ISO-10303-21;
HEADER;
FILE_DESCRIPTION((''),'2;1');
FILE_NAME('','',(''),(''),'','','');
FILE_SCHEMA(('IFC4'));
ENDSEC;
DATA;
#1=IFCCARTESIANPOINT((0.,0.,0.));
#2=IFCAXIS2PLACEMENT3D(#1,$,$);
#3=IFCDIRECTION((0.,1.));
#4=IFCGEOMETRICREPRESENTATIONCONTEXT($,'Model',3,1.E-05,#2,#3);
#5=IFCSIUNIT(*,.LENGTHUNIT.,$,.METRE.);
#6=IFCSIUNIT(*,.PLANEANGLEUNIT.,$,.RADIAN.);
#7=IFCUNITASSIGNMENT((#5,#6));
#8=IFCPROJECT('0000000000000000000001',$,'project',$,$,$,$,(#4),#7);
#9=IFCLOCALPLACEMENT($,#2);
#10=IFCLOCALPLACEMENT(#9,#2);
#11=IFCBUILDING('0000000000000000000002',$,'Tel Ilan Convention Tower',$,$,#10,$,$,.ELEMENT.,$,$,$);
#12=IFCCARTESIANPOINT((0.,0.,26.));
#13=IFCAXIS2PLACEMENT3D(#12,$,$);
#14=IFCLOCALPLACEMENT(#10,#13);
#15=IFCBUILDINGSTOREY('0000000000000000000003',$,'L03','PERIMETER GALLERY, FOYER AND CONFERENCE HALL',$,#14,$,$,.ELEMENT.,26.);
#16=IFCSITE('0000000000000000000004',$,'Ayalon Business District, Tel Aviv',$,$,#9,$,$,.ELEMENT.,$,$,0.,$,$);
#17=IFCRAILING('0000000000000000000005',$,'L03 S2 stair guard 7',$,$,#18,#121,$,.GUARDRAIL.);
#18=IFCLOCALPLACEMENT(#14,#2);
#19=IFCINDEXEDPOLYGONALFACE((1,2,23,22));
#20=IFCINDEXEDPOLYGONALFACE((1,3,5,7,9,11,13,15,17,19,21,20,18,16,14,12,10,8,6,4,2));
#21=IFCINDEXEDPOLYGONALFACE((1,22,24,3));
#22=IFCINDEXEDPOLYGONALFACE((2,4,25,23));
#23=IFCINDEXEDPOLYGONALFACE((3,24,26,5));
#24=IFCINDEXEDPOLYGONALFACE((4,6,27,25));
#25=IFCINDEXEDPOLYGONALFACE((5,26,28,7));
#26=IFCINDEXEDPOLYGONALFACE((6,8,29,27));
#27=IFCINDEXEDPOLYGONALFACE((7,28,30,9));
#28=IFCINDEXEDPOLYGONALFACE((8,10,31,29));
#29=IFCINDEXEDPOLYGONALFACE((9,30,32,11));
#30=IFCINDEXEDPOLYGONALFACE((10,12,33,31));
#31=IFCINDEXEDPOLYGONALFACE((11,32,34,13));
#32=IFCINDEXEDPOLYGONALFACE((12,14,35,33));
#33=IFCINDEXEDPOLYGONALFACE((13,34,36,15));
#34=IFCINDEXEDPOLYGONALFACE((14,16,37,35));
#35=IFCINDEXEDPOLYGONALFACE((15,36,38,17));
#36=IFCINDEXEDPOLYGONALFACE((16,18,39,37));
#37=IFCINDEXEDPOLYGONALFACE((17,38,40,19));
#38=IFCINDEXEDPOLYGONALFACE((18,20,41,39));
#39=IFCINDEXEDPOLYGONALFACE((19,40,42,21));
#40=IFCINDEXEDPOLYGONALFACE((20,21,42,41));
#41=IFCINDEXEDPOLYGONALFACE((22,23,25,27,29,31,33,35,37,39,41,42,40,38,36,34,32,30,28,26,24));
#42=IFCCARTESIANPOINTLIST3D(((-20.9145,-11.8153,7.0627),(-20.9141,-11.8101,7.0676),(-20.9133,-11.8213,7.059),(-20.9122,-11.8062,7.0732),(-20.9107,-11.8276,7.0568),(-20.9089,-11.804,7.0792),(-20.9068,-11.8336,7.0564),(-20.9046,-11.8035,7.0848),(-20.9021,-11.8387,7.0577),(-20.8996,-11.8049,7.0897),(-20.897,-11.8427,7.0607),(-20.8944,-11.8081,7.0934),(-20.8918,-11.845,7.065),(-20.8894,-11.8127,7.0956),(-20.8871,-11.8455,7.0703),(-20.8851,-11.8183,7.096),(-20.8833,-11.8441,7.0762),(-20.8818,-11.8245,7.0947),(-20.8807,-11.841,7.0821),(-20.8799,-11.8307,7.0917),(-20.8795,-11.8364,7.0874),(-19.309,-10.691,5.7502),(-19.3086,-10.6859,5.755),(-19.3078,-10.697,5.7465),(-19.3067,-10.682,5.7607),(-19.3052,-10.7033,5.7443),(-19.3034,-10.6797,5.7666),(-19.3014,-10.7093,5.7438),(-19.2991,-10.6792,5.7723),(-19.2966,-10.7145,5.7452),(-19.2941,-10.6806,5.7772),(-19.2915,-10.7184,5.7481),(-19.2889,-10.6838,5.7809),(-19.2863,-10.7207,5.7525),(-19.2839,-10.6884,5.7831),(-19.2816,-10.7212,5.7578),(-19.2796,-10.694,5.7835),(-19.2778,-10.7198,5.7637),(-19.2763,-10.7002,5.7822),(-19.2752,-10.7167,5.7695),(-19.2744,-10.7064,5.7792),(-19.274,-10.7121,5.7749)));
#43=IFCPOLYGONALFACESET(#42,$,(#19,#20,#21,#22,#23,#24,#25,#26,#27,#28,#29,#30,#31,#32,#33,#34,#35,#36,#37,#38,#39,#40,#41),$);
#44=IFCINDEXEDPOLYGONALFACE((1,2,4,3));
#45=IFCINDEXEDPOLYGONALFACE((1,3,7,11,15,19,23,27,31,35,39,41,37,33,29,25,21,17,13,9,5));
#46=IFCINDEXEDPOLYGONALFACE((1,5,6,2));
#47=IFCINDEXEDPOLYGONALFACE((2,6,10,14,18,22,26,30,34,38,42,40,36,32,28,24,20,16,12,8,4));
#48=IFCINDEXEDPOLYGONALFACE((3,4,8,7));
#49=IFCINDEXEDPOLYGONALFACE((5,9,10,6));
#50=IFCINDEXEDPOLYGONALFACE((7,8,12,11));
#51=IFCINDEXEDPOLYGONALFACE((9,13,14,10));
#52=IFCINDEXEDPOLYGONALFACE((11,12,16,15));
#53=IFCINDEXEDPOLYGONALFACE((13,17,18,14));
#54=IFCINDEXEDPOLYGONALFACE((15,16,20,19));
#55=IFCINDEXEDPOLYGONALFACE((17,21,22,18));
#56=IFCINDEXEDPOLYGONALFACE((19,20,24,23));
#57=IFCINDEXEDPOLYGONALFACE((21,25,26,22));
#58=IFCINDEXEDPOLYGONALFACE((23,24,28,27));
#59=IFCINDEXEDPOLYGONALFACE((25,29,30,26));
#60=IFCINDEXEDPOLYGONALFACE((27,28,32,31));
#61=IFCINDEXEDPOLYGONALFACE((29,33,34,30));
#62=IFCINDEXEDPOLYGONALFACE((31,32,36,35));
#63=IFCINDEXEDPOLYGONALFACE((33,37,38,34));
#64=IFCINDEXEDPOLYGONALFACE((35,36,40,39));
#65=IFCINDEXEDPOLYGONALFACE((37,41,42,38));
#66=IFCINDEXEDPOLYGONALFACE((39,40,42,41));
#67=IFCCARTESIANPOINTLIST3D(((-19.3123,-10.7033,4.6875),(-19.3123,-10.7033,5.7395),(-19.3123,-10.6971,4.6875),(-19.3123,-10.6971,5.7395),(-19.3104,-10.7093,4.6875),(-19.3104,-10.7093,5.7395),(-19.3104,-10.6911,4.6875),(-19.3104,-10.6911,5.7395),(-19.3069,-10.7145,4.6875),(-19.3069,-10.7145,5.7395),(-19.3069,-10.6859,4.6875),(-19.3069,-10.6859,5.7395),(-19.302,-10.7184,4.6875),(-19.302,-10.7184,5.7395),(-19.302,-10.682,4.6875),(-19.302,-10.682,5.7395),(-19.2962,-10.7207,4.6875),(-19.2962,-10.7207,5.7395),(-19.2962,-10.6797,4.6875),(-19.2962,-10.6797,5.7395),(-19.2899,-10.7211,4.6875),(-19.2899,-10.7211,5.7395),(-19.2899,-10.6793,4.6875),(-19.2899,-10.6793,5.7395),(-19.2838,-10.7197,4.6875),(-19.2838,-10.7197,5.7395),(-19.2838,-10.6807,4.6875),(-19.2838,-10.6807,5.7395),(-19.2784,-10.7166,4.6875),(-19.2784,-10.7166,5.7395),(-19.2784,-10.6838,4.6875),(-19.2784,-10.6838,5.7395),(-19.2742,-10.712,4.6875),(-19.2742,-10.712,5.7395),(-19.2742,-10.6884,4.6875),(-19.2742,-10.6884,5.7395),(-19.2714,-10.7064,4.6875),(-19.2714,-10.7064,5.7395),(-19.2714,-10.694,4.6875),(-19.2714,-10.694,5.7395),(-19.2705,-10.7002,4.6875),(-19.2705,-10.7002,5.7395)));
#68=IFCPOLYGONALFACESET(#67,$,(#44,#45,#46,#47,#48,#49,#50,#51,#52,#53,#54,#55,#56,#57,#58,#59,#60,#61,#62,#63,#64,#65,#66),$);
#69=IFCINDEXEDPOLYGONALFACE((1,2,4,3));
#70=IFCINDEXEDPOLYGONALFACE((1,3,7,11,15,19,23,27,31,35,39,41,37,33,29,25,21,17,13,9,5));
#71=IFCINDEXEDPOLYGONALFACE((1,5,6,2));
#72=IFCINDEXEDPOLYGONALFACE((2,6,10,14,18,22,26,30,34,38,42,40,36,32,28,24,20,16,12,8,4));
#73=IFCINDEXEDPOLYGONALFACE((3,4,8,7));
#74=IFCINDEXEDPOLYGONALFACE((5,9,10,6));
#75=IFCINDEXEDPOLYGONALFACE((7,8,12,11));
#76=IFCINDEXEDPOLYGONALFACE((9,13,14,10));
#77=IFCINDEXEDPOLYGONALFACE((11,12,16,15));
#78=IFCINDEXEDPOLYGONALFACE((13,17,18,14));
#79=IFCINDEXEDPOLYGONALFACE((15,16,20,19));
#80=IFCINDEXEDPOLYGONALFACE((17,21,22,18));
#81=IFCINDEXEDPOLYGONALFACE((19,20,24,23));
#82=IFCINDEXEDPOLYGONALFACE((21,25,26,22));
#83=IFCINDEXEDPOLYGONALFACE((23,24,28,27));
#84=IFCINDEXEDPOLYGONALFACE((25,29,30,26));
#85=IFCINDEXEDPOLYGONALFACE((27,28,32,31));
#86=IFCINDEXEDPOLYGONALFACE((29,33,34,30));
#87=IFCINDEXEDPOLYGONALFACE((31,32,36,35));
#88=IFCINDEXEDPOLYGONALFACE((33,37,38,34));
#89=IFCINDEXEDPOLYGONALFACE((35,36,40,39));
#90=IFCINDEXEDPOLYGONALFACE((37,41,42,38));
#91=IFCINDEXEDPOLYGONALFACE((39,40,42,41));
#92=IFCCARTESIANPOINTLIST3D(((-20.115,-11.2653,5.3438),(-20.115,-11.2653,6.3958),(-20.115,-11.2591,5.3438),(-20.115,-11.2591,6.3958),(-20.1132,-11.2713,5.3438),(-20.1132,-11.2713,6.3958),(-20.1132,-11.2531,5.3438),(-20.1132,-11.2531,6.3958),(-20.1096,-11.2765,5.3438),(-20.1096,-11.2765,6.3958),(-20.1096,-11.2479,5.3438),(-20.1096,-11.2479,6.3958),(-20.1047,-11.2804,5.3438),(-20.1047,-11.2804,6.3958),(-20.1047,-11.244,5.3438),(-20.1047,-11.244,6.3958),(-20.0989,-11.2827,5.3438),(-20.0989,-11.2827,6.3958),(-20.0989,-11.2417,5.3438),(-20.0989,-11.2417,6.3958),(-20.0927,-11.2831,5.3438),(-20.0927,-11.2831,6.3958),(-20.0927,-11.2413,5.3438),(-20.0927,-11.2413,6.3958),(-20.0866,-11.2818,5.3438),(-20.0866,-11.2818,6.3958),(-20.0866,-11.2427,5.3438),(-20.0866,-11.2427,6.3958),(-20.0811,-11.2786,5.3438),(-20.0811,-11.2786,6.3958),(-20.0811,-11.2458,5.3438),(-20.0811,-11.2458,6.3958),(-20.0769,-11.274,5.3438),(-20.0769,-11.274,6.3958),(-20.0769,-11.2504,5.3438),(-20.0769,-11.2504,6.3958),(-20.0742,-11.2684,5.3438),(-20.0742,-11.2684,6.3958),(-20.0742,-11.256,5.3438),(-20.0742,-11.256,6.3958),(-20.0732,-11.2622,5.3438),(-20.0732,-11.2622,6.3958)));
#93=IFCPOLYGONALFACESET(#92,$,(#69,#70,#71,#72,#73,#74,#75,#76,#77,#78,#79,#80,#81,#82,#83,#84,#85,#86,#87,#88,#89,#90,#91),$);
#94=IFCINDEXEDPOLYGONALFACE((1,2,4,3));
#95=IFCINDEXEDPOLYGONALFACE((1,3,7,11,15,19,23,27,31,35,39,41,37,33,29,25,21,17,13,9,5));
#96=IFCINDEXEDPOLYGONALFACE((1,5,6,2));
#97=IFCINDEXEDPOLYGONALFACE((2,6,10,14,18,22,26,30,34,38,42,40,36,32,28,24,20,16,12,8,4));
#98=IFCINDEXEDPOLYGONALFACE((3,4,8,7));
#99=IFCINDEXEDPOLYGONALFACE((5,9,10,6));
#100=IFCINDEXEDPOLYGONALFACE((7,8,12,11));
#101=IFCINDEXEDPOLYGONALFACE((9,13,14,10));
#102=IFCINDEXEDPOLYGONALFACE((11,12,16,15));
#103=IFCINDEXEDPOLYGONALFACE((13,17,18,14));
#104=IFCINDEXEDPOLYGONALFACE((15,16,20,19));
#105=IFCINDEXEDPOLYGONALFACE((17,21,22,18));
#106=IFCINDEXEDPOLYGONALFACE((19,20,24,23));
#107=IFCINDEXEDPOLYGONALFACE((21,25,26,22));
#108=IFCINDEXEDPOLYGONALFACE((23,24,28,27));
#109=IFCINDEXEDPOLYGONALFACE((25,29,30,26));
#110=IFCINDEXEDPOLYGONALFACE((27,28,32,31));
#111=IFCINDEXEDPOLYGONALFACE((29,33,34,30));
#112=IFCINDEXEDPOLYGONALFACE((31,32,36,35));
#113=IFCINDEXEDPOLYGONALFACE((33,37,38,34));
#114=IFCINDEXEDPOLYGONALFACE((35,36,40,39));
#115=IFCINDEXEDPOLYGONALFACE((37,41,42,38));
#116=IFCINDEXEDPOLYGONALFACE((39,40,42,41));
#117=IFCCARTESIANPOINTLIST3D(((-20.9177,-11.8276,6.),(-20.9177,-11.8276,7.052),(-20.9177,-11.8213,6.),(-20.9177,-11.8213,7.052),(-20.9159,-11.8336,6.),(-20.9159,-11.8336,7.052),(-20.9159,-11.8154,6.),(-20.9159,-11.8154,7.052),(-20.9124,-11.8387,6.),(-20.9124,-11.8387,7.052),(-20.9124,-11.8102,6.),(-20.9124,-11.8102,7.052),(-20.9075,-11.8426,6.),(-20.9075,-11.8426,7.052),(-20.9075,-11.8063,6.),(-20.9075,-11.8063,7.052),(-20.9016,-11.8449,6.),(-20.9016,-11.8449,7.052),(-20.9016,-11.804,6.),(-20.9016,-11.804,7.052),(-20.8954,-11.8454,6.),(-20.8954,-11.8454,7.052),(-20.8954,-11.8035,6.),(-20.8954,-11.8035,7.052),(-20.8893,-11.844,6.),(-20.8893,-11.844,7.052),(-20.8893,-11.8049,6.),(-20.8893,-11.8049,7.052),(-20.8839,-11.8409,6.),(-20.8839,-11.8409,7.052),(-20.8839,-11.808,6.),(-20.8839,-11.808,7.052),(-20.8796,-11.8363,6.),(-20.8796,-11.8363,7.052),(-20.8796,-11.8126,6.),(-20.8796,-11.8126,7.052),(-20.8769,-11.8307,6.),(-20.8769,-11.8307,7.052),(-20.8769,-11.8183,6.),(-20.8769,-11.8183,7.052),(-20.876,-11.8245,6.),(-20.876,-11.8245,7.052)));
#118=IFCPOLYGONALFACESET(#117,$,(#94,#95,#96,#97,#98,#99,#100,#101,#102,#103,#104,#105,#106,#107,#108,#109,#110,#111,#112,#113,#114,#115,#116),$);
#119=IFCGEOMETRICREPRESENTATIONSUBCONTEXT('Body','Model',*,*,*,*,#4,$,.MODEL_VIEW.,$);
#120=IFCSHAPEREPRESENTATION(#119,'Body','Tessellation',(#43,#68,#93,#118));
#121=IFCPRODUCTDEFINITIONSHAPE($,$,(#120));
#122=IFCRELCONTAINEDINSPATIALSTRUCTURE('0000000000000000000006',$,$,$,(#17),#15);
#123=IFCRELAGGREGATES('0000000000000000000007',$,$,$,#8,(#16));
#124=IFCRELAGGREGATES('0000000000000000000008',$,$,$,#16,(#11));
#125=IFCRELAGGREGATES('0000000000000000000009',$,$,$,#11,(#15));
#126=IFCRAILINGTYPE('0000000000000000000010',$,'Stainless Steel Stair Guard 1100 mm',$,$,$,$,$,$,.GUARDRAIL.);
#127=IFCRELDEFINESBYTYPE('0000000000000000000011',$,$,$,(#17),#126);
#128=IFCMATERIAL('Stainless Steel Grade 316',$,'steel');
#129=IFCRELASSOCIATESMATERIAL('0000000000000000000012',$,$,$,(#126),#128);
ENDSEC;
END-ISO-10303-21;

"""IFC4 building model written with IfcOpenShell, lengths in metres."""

from ifc_helpers import new_model, si_unit, direction, frame, origin, origin_2d, place, context, subcontext, project, spatial, circle, extrude, material, type_object, element, save


model = new_model("IFC4")

# Units and contexts
model_context = context("Model", 3, precision=1e-05, world=origin(), true_north=direction((0.0, 1.0)))
body_context = subcontext(model_context, "Body", "Model", "MODEL_VIEW")
ifc_project = project(units=[si_unit("LENGTHUNIT", "METRE"), si_unit("PLANEANGLEUNIT", "RADIAN")], contexts=[model_context])

# Site, building, storey
site_placement = place(None, origin())
site = spatial("IfcSite", under=ifc_project, at=site_placement, Name="Ayalon Business District, Tel Aviv", CompositionType="ELEMENT", RefElevation=0.0)
building_placement = place(site_placement, origin())
building = spatial("IfcBuilding", under=site, at=building_placement, Name="Tel Ilan Convention Tower", CompositionType="ELEMENT")
storey_placement = place(building_placement, frame((0.0, 0.0, 26.0)))
storey = spatial("IfcBuildingStorey", under=building, at=storey_placement, Name="L03", Description="PERIMETER GALLERY, FOYER AND CONFERENCE HALL", CompositionType="ELEMENT", Elevation=26.0)

# Railing
ifc_material_1 = material(Name="Stainless Steel Grade 316", Category="steel")
railing_type_1 = type_object("IfcRailingType", Name="Stainless Steel Stair Guard 1100 mm", PredefinedType="GUARDRAIL", material=ifc_material_1)
railing_1_placement = place(storey_placement, frame((-19.2915, -10.7002, 4.6875)))
element("IfcRailing", 1, at=railing_1_placement, inside=storey, type_object=railing_type_1, Name="L03 S2 stair guard 7", PredefinedType="GUARDRAIL", context=body_context, shape_type="SweptSolid", body=[
    extrude(circle(Radius=0.0239, at=origin_2d()), frame((0.0, 0.0, 1.0762), z_axis=(-0.680616, -0.476617, 0.556416), x_axis=(0.573613, -0.819127, 0.0)), (0.0, 0.0, 1.0), 2.3589),
    extrude(circle(Radius=0.021, at=origin_2d()), origin(), (0.0, 0.0, 1.0), 1.052),
    extrude(circle(Radius=0.021, at=origin_2d()), frame((-0.8027, -0.562, 0.6562)), (0.0, 0.0, 1.0), 1.052),
    extrude(circle(Radius=0.021, at=origin_2d()), frame((-1.6055, -1.1243, 1.3125)), (0.0, 0.0, 1.0), 1.052),
])

save(model, "model.ifc")
